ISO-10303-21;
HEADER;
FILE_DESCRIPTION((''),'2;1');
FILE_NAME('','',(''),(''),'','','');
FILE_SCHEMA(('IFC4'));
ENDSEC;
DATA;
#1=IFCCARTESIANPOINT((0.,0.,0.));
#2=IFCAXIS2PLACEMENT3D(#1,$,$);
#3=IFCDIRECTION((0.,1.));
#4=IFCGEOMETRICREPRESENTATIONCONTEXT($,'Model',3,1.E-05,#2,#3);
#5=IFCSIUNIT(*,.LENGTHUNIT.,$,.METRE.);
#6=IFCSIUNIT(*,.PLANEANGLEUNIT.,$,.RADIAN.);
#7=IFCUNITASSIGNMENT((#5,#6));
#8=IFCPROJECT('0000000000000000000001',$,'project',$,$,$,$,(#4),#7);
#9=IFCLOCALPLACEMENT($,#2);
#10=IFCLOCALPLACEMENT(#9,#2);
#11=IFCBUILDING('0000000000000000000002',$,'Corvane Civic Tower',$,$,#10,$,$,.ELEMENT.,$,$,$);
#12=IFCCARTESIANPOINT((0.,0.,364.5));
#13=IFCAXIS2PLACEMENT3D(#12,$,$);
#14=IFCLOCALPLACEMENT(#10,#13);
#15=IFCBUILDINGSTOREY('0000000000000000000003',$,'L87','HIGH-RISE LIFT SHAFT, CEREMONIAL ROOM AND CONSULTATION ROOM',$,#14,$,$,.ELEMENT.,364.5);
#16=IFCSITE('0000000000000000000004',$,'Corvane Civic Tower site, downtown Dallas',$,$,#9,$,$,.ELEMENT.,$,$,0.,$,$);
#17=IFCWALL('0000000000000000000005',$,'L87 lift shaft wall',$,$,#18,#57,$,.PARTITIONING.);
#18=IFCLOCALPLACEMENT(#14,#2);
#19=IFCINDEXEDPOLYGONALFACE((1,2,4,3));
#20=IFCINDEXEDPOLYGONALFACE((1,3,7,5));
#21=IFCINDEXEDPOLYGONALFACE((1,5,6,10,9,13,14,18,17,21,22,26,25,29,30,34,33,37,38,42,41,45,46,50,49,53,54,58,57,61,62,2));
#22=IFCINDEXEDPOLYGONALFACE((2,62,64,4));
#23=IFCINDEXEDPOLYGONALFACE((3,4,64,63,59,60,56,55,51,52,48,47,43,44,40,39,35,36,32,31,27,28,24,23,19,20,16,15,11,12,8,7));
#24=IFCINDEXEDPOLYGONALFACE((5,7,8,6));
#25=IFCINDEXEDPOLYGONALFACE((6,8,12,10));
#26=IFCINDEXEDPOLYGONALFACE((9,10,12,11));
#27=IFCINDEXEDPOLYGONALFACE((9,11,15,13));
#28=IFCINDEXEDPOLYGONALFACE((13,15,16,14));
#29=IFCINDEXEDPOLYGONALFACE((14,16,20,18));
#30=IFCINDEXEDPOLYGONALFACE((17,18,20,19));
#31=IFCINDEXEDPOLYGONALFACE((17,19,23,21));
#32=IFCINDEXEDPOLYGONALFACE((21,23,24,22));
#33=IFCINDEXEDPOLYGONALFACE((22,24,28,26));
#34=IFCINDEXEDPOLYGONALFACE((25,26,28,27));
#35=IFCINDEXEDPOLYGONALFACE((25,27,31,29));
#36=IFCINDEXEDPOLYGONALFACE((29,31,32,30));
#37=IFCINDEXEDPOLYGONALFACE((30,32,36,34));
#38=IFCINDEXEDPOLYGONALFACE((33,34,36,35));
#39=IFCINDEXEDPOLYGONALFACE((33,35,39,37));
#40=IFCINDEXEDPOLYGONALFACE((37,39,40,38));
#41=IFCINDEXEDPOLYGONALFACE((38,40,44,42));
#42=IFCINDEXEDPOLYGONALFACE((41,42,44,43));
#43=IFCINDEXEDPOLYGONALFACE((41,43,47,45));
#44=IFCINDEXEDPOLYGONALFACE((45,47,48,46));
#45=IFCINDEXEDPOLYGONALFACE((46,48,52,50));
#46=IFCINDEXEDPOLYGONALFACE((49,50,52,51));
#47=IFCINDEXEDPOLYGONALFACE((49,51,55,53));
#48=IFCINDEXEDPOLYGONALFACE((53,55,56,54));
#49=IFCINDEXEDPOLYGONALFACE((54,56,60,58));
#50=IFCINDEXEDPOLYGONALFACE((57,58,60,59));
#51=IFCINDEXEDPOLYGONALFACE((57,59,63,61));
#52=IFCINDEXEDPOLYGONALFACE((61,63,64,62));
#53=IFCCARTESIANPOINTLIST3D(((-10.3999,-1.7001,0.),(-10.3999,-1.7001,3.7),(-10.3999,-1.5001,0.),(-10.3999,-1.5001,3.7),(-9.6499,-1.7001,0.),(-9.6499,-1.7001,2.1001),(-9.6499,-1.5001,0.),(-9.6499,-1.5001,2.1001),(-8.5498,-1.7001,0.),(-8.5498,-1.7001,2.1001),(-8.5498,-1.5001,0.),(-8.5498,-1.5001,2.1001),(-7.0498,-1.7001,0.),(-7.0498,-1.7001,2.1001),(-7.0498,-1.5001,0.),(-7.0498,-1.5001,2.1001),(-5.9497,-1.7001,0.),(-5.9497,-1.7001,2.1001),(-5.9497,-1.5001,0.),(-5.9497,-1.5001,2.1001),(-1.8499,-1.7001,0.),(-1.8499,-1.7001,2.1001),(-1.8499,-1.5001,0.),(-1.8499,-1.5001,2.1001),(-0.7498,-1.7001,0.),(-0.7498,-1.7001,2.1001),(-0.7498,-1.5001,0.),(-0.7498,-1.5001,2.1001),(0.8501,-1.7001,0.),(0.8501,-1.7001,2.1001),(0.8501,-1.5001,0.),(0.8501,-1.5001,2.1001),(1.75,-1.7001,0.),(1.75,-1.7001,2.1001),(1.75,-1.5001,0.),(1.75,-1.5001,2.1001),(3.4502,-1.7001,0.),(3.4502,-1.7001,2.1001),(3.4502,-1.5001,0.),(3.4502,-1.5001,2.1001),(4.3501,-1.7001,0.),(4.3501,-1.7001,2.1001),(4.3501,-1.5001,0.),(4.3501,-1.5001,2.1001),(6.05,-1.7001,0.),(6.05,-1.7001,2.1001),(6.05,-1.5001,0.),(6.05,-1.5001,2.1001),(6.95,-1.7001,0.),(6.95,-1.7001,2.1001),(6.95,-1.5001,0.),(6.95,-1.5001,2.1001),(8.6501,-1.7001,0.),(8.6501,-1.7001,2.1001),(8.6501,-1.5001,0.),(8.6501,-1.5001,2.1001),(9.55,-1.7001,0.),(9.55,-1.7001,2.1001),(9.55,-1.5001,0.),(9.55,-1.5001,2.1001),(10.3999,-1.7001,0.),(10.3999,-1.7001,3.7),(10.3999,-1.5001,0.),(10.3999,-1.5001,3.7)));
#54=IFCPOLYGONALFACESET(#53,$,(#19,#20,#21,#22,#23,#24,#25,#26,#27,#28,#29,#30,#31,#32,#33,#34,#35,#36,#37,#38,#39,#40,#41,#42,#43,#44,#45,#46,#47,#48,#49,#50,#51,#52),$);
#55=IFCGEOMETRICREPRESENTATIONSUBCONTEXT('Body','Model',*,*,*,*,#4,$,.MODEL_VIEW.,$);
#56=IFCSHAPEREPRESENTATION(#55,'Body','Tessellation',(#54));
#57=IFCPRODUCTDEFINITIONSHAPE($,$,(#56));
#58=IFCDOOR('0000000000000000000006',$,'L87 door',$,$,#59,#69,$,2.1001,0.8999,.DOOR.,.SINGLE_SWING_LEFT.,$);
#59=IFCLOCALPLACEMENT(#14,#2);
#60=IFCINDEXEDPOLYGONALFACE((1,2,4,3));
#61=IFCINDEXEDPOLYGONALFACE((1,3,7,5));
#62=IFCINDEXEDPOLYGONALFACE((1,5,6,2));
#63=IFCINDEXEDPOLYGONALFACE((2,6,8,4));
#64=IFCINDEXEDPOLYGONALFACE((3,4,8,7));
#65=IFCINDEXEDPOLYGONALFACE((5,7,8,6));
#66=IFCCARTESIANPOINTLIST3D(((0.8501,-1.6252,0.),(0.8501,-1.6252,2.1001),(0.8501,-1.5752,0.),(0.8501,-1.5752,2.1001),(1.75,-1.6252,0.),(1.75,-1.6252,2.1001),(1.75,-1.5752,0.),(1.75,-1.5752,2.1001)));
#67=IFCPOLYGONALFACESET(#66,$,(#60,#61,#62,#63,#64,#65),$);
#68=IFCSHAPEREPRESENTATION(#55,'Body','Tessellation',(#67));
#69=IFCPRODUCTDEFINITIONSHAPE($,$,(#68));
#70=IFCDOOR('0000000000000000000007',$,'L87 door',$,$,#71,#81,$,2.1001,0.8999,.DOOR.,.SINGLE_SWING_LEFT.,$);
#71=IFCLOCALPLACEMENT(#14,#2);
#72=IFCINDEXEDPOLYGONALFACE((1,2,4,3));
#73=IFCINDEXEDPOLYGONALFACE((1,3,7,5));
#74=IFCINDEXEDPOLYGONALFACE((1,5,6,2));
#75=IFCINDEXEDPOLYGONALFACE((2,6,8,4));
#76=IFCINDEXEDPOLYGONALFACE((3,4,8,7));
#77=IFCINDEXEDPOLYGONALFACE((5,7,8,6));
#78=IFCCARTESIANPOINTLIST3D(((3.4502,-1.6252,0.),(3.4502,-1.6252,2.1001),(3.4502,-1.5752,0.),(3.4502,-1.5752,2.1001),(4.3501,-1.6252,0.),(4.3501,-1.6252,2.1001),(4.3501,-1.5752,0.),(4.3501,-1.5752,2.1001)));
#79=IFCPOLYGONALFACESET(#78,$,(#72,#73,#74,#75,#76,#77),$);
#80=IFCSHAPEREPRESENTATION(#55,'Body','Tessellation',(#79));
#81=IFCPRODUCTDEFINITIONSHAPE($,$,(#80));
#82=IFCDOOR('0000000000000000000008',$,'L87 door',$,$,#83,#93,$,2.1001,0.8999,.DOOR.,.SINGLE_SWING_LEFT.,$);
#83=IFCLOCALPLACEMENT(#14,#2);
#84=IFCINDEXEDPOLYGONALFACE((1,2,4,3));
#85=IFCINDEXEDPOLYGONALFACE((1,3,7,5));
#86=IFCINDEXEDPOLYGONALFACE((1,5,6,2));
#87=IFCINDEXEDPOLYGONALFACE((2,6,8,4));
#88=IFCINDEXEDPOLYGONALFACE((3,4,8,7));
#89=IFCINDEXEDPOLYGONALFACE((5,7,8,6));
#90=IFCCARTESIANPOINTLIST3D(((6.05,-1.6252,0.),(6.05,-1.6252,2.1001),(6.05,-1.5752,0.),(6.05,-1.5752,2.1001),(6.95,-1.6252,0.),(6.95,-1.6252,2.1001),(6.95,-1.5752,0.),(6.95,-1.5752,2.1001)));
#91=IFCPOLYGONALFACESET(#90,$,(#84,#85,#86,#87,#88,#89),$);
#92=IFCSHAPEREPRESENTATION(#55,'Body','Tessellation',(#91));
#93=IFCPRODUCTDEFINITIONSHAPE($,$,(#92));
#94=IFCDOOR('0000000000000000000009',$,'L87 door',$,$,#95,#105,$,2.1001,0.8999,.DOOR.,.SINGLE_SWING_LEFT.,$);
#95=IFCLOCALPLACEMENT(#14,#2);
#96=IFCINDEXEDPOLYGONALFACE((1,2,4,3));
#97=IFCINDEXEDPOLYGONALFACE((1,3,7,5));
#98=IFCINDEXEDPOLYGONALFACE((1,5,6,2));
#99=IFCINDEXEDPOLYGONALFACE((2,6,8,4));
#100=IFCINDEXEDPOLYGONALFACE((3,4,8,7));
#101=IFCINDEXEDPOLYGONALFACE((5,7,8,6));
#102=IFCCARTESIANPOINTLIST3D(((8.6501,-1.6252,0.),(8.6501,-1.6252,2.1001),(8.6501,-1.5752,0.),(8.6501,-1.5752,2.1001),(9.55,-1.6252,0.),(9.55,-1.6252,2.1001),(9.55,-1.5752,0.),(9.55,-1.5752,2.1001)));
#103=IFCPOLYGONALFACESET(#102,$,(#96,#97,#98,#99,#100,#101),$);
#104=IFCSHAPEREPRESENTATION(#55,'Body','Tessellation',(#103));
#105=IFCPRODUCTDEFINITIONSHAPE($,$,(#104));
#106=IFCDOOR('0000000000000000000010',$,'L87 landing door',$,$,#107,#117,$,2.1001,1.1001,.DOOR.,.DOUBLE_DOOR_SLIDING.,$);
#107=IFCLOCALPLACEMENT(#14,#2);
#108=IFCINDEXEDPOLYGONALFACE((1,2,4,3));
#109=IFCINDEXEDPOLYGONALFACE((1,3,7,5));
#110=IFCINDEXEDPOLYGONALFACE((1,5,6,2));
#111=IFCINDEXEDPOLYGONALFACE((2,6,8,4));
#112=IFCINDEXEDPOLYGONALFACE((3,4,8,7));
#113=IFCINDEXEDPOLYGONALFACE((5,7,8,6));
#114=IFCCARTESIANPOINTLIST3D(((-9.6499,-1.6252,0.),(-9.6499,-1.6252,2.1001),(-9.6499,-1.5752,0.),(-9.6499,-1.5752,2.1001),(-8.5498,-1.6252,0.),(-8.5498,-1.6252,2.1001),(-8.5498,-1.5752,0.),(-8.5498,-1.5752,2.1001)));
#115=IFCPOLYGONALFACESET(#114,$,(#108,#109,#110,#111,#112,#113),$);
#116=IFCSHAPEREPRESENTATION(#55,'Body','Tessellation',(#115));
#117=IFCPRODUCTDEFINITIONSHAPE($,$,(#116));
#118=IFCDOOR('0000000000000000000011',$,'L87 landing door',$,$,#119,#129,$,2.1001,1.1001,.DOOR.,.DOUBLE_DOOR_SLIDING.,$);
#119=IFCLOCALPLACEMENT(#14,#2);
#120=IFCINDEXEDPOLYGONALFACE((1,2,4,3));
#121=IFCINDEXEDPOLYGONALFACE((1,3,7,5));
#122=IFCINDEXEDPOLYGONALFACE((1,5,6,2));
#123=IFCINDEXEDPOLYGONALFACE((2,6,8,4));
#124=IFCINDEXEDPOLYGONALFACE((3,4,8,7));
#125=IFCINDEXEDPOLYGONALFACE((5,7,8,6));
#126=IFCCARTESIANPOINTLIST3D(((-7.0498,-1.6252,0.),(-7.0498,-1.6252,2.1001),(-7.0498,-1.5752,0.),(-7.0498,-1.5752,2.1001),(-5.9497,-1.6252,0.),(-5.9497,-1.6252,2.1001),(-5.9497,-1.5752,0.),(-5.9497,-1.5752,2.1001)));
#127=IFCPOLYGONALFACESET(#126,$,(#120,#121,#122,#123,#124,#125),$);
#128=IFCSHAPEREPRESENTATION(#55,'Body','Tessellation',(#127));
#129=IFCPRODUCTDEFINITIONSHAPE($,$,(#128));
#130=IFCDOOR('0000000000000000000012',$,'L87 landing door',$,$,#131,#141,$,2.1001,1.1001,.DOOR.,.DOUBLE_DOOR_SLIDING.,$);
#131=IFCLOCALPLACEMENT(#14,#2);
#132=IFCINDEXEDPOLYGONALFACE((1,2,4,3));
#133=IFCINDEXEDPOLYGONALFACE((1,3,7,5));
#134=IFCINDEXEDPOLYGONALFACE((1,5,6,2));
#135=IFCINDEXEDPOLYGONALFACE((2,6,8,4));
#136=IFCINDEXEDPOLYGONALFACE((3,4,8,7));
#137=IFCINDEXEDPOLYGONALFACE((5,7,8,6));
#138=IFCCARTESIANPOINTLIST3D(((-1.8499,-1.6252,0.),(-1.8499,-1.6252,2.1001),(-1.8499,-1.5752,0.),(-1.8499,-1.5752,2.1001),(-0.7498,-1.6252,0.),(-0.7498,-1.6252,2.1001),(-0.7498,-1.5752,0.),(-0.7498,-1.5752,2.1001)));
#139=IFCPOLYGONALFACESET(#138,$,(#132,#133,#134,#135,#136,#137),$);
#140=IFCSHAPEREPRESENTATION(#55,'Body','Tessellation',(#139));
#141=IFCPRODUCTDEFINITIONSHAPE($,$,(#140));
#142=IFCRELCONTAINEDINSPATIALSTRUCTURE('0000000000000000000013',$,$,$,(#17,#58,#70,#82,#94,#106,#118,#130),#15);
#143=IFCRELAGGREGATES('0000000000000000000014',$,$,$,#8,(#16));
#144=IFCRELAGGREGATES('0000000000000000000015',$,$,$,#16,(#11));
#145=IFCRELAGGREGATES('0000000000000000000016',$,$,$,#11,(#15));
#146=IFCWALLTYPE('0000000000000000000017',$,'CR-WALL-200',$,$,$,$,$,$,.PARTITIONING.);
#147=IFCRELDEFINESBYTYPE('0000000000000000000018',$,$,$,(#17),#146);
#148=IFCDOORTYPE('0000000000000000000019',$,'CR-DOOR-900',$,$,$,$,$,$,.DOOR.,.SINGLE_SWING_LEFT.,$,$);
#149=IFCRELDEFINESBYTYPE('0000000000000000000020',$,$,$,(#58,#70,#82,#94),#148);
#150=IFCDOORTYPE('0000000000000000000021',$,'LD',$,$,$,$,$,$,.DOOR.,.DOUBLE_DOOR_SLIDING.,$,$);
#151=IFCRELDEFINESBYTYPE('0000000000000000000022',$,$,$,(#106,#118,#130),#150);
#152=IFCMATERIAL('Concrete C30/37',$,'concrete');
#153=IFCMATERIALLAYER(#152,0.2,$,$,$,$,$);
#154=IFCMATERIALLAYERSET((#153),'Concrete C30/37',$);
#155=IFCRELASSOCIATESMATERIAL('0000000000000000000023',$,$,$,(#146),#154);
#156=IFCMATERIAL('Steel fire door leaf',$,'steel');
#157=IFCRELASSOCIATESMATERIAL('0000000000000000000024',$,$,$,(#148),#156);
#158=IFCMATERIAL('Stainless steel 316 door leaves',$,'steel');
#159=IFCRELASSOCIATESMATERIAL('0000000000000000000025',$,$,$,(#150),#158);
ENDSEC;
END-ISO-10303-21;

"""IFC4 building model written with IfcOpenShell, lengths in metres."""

from ifc_helpers import new_model, si_unit, direction, frame, frame_2d, origin, place, context, subcontext, project, spatial, rectangle, extrude, material, layer, layer_set, type_object, element, fill, save


model = new_model("IFC4")

# Units and contexts
model_context = context("Model", 3, precision=1e-05, world=origin(), true_north=direction((0.0, 1.0)))
body_context = subcontext(model_context, "Body", "Model", "MODEL_VIEW")
ifc_project = project(units=[si_unit("LENGTHUNIT", "METRE"), si_unit("PLANEANGLEUNIT", "RADIAN")], contexts=[model_context])

# Site, building, storey
site_placement = place(None, origin())
site = spatial("IfcSite", under=ifc_project, at=site_placement, Name="Corvane Civic Tower site, downtown Dallas", CompositionType="ELEMENT", RefElevation=0.0)
building_placement = place(site_placement, origin())
building = spatial("IfcBuilding", under=site, at=building_placement, Name="Corvane Civic Tower", CompositionType="ELEMENT")
storey_placement = place(building_placement, frame((0.0, 0.0, 364.5)))
storey = spatial("IfcBuildingStorey", under=building, at=storey_placement, Name="L87", Description="HIGH-RISE LIFT SHAFT, CEREMONIAL ROOM AND CONSULTATION ROOM", CompositionType="ELEMENT", Elevation=364.5)

# Wall, openings, doors
ifc_material_1 = material(Name="Concrete C30/37", Category="concrete")
ifc_layer_1 = layer(ifc_material_1, 0.2)
ifc_layer_set_1 = layer_set([ifc_layer_1], Name="Concrete C30/37")
wall_type_1 = type_object("IfcWallType", Name="CR-WALL-200", PredefinedType="PARTITIONING", material=ifc_layer_set_1)
wall_1_placement = place(storey_placement, frame((-10.3999, -1.6001, 0.0), z_axis=(0.0, 0.0, 1.0), x_axis=(1.0, 0.0, 0.0)))
wall_1 = element("IfcWall", 1, at=wall_1_placement, inside=storey, type_object=wall_type_1, Name="L87 lift shaft wall", PredefinedType="PARTITIONING", context=body_context, shape_type="SweptSolid", body=[
    extrude(rectangle(XDim=20.7998, YDim=0.2, at=frame_2d((10.3999, 0.0))), origin(), (0.0, 0.0, 1.0), 3.7),
])
opening_1_placement = place(wall_1_placement, frame((0.75, 0.0, 0.0)))
opening_1 = element("IfcOpeningElement", 2, at=opening_1_placement, cuts=wall_1, PredefinedType="OPENING", context=body_context, shape_type="SweptSolid", body=[
    extrude(rectangle(XDim=1.1001, YDim=2.1001, at=frame_2d((0.55, 1.05))), frame((0.0, 0.1099, 0.0), z_axis=(0.0, -1.0, 0.0), x_axis=(1.0, 0.0, 0.0)), (0.0, 0.0, 1.0), 0.22),
])
opening_2_placement = place(wall_1_placement, frame((3.3501, 0.0, 0.0)))
opening_2 = element("IfcOpeningElement", 3, at=opening_2_placement, cuts=wall_1, PredefinedType="OPENING", context=body_context, shape_type="SweptSolid", body=[
    extrude(rectangle(XDim=1.1001, YDim=2.1001, at=frame_2d((0.55, 1.05))), frame((0.0, 0.1099, 0.0), z_axis=(0.0, -1.0, 0.0), x_axis=(1.0, 0.0, 0.0)), (0.0, 0.0, 1.0), 0.22),
])
opening_3_placement = place(wall_1_placement, frame((8.55, 0.0, 0.0)))
opening_3 = element("IfcOpeningElement", 4, at=opening_3_placement, cuts=wall_1, PredefinedType="OPENING", context=body_context, shape_type="SweptSolid", body=[
    extrude(rectangle(XDim=1.1001, YDim=2.1001, at=frame_2d((0.55, 1.05))), frame((0.0, 0.1099, 0.0), z_axis=(0.0, -1.0, 0.0), x_axis=(1.0, 0.0, 0.0)), (0.0, 0.0, 1.0), 0.22),
])
opening_4_placement = place(wall_1_placement, frame((11.25, 0.0, 0.0)))
opening_4 = element("IfcOpeningElement", 5, at=opening_4_placement, cuts=wall_1, PredefinedType="OPENING", context=body_context, shape_type="SweptSolid", body=[
    extrude(rectangle(XDim=0.8999, YDim=2.1001, at=frame_2d((0.45, 1.05))), frame((0.0, 0.1099, 0.0), z_axis=(0.0, -1.0, 0.0), x_axis=(1.0, 0.0, 0.0)), (0.0, 0.0, 1.0), 0.22),
])
opening_5_placement = place(wall_1_placement, frame((13.8501, 0.0, 0.0)))
opening_5 = element("IfcOpeningElement", 6, at=opening_5_placement, cuts=wall_1, PredefinedType="OPENING", context=body_context, shape_type="SweptSolid", body=[
    extrude(rectangle(XDim=0.8999, YDim=2.1001, at=frame_2d((0.45, 1.05))), frame((0.0, 0.1099, 0.0), z_axis=(0.0, -1.0, 0.0), x_axis=(1.0, 0.0, 0.0)), (0.0, 0.0, 1.0), 0.22),
])
opening_6_placement = place(wall_1_placement, frame((16.45, 0.0, 0.0)))
opening_6 = element("IfcOpeningElement", 7, at=opening_6_placement, cuts=wall_1, PredefinedType="OPENING", context=body_context, shape_type="SweptSolid", body=[
    extrude(rectangle(XDim=0.8999, YDim=2.1001, at=frame_2d((0.45, 1.05))), frame((0.0, 0.1099, 0.0), z_axis=(0.0, -1.0, 0.0), x_axis=(1.0, 0.0, 0.0)), (0.0, 0.0, 1.0), 0.22),
])
opening_7_placement = place(wall_1_placement, frame((19.05, 0.0, 0.0)))
opening_7 = element("IfcOpeningElement", 8, at=opening_7_placement, cuts=wall_1, PredefinedType="OPENING", context=body_context, shape_type="SweptSolid", body=[
    extrude(rectangle(XDim=0.8999, YDim=2.1001, at=frame_2d((0.45, 1.05))), frame((0.0, 0.1099, 0.0), z_axis=(0.0, -1.0, 0.0), x_axis=(1.0, 0.0, 0.0)), (0.0, 0.0, 1.0), 0.22),
])
ifc_material_2 = material(Name="Steel fire door leaf", Category="steel")
door_type_1 = type_object("IfcDoorType", Name="CR-DOOR-900", OperationType="SINGLE_SWING_LEFT", PredefinedType="DOOR", material=ifc_material_2)
door_1_placement = place(opening_4_placement, origin())
door_1 = element("IfcDoor", 9, at=door_1_placement, inside=storey, type_object=door_type_1, Name="L87 door", OperationType="SINGLE_SWING_LEFT", OverallHeight=2.1001, OverallWidth=0.8999, PredefinedType="DOOR", context=body_context, shape_type="SweptSolid", body=[
    extrude(rectangle(XDim=0.8999, YDim=2.1001, at=frame_2d((0.45, 1.05))), frame((0.0, 0.0249, 0.0), z_axis=(0.0, -1.0, 0.0), x_axis=(1.0, 0.0, 0.0)), (0.0, 0.0, 1.0), 0.05),
])
fill(opening_4, door_1)
door_2_placement = place(opening_5_placement, origin())
door_2 = element("IfcDoor", 10, at=door_2_placement, inside=storey, type_object=door_type_1, Name="L87 door", OperationType="SINGLE_SWING_LEFT", OverallHeight=2.1001, OverallWidth=0.8999, PredefinedType="DOOR", context=body_context, shape_type="SweptSolid", body=[
    extrude(rectangle(XDim=0.8999, YDim=2.1001, at=frame_2d((0.45, 1.05))), frame((0.0, 0.0249, 0.0), z_axis=(0.0, -1.0, 0.0), x_axis=(1.0, 0.0, 0.0)), (0.0, 0.0, 1.0), 0.05),
])
fill(opening_5, door_2)
door_3_placement = place(opening_6_placement, origin())
door_3 = element("IfcDoor", 11, at=door_3_placement, inside=storey, type_object=door_type_1, Name="L87 door", OperationType="SINGLE_SWING_LEFT", OverallHeight=2.1001, OverallWidth=0.8999, PredefinedType="DOOR", context=body_context, shape_type="SweptSolid", body=[
    extrude(rectangle(XDim=0.8999, YDim=2.1001, at=frame_2d((0.45, 1.05))), frame((0.0, 0.0249, 0.0), z_axis=(0.0, -1.0, 0.0), x_axis=(1.0, 0.0, 0.0)), (0.0, 0.0, 1.0), 0.05),
])
fill(opening_6, door_3)
door_4_placement = place(opening_7_placement, origin())
door_4 = element("IfcDoor", 12, at=door_4_placement, inside=storey, type_object=door_type_1, Name="L87 door", OperationType="SINGLE_SWING_LEFT", OverallHeight=2.1001, OverallWidth=0.8999, PredefinedType="DOOR", context=body_context, shape_type="SweptSolid", body=[
    extrude(rectangle(XDim=0.8999, YDim=2.1001, at=frame_2d((0.45, 1.05))), frame((0.0, 0.0249, 0.0), z_axis=(0.0, -1.0, 0.0), x_axis=(1.0, 0.0, 0.0)), (0.0, 0.0, 1.0), 0.05),
])
fill(opening_7, door_4)
ifc_material_3 = material(Name="Stainless steel 316 door leaves", Category="steel")
door_type_2 = type_object("IfcDoorType", Name="LD", OperationType="DOUBLE_DOOR_SLIDING", PredefinedType="DOOR", material=ifc_material_3)
door_5_placement = place(opening_1_placement, origin())
door_5 = element("IfcDoor", 13, at=door_5_placement, inside=storey, type_object=door_type_2, Name="L87 landing door", OperationType="DOUBLE_DOOR_SLIDING", OverallHeight=2.1001, OverallWidth=1.1001, PredefinedType="DOOR", context=body_context, shape_type="SweptSolid", body=[
    extrude(rectangle(XDim=1.1001, YDim=2.1001, at=frame_2d((0.55, 1.05))), frame((0.0, 0.0249, 0.0), z_axis=(0.0, -1.0, 0.0), x_axis=(1.0, 0.0, 0.0)), (0.0, 0.0, 1.0), 0.05),
])
fill(opening_1, door_5)
door_6_placement = place(opening_2_placement, origin())
door_6 = element("IfcDoor", 14, at=door_6_placement, inside=storey, type_object=door_type_2, Name="L87 landing door", OperationType="DOUBLE_DOOR_SLIDING", OverallHeight=2.1001, OverallWidth=1.1001, PredefinedType="DOOR", context=body_context, shape_type="SweptSolid", body=[
    extrude(rectangle(XDim=1.1001, YDim=2.1001, at=frame_2d((0.55, 1.05))), frame((0.0, 0.0249, 0.0), z_axis=(0.0, -1.0, 0.0), x_axis=(1.0, 0.0, 0.0)), (0.0, 0.0, 1.0), 0.05),
])
fill(opening_2, door_6)
door_7_placement = place(opening_3_placement, origin())
door_7 = element("IfcDoor", 15, at=door_7_placement, inside=storey, type_object=door_type_2, Name="L87 landing door", OperationType="DOUBLE_DOOR_SLIDING", OverallHeight=2.1001, OverallWidth=1.1001, PredefinedType="DOOR", context=body_context, shape_type="SweptSolid", body=[
    extrude(rectangle(XDim=1.1001, YDim=2.1001, at=frame_2d((0.55, 1.05))), frame((0.0, 0.0249, 0.0), z_axis=(0.0, -1.0, 0.0), x_axis=(1.0, 0.0, 0.0)), (0.0, 0.0, 1.0), 0.05),
])
fill(opening_3, door_7)

save(model, "model.ifc")
